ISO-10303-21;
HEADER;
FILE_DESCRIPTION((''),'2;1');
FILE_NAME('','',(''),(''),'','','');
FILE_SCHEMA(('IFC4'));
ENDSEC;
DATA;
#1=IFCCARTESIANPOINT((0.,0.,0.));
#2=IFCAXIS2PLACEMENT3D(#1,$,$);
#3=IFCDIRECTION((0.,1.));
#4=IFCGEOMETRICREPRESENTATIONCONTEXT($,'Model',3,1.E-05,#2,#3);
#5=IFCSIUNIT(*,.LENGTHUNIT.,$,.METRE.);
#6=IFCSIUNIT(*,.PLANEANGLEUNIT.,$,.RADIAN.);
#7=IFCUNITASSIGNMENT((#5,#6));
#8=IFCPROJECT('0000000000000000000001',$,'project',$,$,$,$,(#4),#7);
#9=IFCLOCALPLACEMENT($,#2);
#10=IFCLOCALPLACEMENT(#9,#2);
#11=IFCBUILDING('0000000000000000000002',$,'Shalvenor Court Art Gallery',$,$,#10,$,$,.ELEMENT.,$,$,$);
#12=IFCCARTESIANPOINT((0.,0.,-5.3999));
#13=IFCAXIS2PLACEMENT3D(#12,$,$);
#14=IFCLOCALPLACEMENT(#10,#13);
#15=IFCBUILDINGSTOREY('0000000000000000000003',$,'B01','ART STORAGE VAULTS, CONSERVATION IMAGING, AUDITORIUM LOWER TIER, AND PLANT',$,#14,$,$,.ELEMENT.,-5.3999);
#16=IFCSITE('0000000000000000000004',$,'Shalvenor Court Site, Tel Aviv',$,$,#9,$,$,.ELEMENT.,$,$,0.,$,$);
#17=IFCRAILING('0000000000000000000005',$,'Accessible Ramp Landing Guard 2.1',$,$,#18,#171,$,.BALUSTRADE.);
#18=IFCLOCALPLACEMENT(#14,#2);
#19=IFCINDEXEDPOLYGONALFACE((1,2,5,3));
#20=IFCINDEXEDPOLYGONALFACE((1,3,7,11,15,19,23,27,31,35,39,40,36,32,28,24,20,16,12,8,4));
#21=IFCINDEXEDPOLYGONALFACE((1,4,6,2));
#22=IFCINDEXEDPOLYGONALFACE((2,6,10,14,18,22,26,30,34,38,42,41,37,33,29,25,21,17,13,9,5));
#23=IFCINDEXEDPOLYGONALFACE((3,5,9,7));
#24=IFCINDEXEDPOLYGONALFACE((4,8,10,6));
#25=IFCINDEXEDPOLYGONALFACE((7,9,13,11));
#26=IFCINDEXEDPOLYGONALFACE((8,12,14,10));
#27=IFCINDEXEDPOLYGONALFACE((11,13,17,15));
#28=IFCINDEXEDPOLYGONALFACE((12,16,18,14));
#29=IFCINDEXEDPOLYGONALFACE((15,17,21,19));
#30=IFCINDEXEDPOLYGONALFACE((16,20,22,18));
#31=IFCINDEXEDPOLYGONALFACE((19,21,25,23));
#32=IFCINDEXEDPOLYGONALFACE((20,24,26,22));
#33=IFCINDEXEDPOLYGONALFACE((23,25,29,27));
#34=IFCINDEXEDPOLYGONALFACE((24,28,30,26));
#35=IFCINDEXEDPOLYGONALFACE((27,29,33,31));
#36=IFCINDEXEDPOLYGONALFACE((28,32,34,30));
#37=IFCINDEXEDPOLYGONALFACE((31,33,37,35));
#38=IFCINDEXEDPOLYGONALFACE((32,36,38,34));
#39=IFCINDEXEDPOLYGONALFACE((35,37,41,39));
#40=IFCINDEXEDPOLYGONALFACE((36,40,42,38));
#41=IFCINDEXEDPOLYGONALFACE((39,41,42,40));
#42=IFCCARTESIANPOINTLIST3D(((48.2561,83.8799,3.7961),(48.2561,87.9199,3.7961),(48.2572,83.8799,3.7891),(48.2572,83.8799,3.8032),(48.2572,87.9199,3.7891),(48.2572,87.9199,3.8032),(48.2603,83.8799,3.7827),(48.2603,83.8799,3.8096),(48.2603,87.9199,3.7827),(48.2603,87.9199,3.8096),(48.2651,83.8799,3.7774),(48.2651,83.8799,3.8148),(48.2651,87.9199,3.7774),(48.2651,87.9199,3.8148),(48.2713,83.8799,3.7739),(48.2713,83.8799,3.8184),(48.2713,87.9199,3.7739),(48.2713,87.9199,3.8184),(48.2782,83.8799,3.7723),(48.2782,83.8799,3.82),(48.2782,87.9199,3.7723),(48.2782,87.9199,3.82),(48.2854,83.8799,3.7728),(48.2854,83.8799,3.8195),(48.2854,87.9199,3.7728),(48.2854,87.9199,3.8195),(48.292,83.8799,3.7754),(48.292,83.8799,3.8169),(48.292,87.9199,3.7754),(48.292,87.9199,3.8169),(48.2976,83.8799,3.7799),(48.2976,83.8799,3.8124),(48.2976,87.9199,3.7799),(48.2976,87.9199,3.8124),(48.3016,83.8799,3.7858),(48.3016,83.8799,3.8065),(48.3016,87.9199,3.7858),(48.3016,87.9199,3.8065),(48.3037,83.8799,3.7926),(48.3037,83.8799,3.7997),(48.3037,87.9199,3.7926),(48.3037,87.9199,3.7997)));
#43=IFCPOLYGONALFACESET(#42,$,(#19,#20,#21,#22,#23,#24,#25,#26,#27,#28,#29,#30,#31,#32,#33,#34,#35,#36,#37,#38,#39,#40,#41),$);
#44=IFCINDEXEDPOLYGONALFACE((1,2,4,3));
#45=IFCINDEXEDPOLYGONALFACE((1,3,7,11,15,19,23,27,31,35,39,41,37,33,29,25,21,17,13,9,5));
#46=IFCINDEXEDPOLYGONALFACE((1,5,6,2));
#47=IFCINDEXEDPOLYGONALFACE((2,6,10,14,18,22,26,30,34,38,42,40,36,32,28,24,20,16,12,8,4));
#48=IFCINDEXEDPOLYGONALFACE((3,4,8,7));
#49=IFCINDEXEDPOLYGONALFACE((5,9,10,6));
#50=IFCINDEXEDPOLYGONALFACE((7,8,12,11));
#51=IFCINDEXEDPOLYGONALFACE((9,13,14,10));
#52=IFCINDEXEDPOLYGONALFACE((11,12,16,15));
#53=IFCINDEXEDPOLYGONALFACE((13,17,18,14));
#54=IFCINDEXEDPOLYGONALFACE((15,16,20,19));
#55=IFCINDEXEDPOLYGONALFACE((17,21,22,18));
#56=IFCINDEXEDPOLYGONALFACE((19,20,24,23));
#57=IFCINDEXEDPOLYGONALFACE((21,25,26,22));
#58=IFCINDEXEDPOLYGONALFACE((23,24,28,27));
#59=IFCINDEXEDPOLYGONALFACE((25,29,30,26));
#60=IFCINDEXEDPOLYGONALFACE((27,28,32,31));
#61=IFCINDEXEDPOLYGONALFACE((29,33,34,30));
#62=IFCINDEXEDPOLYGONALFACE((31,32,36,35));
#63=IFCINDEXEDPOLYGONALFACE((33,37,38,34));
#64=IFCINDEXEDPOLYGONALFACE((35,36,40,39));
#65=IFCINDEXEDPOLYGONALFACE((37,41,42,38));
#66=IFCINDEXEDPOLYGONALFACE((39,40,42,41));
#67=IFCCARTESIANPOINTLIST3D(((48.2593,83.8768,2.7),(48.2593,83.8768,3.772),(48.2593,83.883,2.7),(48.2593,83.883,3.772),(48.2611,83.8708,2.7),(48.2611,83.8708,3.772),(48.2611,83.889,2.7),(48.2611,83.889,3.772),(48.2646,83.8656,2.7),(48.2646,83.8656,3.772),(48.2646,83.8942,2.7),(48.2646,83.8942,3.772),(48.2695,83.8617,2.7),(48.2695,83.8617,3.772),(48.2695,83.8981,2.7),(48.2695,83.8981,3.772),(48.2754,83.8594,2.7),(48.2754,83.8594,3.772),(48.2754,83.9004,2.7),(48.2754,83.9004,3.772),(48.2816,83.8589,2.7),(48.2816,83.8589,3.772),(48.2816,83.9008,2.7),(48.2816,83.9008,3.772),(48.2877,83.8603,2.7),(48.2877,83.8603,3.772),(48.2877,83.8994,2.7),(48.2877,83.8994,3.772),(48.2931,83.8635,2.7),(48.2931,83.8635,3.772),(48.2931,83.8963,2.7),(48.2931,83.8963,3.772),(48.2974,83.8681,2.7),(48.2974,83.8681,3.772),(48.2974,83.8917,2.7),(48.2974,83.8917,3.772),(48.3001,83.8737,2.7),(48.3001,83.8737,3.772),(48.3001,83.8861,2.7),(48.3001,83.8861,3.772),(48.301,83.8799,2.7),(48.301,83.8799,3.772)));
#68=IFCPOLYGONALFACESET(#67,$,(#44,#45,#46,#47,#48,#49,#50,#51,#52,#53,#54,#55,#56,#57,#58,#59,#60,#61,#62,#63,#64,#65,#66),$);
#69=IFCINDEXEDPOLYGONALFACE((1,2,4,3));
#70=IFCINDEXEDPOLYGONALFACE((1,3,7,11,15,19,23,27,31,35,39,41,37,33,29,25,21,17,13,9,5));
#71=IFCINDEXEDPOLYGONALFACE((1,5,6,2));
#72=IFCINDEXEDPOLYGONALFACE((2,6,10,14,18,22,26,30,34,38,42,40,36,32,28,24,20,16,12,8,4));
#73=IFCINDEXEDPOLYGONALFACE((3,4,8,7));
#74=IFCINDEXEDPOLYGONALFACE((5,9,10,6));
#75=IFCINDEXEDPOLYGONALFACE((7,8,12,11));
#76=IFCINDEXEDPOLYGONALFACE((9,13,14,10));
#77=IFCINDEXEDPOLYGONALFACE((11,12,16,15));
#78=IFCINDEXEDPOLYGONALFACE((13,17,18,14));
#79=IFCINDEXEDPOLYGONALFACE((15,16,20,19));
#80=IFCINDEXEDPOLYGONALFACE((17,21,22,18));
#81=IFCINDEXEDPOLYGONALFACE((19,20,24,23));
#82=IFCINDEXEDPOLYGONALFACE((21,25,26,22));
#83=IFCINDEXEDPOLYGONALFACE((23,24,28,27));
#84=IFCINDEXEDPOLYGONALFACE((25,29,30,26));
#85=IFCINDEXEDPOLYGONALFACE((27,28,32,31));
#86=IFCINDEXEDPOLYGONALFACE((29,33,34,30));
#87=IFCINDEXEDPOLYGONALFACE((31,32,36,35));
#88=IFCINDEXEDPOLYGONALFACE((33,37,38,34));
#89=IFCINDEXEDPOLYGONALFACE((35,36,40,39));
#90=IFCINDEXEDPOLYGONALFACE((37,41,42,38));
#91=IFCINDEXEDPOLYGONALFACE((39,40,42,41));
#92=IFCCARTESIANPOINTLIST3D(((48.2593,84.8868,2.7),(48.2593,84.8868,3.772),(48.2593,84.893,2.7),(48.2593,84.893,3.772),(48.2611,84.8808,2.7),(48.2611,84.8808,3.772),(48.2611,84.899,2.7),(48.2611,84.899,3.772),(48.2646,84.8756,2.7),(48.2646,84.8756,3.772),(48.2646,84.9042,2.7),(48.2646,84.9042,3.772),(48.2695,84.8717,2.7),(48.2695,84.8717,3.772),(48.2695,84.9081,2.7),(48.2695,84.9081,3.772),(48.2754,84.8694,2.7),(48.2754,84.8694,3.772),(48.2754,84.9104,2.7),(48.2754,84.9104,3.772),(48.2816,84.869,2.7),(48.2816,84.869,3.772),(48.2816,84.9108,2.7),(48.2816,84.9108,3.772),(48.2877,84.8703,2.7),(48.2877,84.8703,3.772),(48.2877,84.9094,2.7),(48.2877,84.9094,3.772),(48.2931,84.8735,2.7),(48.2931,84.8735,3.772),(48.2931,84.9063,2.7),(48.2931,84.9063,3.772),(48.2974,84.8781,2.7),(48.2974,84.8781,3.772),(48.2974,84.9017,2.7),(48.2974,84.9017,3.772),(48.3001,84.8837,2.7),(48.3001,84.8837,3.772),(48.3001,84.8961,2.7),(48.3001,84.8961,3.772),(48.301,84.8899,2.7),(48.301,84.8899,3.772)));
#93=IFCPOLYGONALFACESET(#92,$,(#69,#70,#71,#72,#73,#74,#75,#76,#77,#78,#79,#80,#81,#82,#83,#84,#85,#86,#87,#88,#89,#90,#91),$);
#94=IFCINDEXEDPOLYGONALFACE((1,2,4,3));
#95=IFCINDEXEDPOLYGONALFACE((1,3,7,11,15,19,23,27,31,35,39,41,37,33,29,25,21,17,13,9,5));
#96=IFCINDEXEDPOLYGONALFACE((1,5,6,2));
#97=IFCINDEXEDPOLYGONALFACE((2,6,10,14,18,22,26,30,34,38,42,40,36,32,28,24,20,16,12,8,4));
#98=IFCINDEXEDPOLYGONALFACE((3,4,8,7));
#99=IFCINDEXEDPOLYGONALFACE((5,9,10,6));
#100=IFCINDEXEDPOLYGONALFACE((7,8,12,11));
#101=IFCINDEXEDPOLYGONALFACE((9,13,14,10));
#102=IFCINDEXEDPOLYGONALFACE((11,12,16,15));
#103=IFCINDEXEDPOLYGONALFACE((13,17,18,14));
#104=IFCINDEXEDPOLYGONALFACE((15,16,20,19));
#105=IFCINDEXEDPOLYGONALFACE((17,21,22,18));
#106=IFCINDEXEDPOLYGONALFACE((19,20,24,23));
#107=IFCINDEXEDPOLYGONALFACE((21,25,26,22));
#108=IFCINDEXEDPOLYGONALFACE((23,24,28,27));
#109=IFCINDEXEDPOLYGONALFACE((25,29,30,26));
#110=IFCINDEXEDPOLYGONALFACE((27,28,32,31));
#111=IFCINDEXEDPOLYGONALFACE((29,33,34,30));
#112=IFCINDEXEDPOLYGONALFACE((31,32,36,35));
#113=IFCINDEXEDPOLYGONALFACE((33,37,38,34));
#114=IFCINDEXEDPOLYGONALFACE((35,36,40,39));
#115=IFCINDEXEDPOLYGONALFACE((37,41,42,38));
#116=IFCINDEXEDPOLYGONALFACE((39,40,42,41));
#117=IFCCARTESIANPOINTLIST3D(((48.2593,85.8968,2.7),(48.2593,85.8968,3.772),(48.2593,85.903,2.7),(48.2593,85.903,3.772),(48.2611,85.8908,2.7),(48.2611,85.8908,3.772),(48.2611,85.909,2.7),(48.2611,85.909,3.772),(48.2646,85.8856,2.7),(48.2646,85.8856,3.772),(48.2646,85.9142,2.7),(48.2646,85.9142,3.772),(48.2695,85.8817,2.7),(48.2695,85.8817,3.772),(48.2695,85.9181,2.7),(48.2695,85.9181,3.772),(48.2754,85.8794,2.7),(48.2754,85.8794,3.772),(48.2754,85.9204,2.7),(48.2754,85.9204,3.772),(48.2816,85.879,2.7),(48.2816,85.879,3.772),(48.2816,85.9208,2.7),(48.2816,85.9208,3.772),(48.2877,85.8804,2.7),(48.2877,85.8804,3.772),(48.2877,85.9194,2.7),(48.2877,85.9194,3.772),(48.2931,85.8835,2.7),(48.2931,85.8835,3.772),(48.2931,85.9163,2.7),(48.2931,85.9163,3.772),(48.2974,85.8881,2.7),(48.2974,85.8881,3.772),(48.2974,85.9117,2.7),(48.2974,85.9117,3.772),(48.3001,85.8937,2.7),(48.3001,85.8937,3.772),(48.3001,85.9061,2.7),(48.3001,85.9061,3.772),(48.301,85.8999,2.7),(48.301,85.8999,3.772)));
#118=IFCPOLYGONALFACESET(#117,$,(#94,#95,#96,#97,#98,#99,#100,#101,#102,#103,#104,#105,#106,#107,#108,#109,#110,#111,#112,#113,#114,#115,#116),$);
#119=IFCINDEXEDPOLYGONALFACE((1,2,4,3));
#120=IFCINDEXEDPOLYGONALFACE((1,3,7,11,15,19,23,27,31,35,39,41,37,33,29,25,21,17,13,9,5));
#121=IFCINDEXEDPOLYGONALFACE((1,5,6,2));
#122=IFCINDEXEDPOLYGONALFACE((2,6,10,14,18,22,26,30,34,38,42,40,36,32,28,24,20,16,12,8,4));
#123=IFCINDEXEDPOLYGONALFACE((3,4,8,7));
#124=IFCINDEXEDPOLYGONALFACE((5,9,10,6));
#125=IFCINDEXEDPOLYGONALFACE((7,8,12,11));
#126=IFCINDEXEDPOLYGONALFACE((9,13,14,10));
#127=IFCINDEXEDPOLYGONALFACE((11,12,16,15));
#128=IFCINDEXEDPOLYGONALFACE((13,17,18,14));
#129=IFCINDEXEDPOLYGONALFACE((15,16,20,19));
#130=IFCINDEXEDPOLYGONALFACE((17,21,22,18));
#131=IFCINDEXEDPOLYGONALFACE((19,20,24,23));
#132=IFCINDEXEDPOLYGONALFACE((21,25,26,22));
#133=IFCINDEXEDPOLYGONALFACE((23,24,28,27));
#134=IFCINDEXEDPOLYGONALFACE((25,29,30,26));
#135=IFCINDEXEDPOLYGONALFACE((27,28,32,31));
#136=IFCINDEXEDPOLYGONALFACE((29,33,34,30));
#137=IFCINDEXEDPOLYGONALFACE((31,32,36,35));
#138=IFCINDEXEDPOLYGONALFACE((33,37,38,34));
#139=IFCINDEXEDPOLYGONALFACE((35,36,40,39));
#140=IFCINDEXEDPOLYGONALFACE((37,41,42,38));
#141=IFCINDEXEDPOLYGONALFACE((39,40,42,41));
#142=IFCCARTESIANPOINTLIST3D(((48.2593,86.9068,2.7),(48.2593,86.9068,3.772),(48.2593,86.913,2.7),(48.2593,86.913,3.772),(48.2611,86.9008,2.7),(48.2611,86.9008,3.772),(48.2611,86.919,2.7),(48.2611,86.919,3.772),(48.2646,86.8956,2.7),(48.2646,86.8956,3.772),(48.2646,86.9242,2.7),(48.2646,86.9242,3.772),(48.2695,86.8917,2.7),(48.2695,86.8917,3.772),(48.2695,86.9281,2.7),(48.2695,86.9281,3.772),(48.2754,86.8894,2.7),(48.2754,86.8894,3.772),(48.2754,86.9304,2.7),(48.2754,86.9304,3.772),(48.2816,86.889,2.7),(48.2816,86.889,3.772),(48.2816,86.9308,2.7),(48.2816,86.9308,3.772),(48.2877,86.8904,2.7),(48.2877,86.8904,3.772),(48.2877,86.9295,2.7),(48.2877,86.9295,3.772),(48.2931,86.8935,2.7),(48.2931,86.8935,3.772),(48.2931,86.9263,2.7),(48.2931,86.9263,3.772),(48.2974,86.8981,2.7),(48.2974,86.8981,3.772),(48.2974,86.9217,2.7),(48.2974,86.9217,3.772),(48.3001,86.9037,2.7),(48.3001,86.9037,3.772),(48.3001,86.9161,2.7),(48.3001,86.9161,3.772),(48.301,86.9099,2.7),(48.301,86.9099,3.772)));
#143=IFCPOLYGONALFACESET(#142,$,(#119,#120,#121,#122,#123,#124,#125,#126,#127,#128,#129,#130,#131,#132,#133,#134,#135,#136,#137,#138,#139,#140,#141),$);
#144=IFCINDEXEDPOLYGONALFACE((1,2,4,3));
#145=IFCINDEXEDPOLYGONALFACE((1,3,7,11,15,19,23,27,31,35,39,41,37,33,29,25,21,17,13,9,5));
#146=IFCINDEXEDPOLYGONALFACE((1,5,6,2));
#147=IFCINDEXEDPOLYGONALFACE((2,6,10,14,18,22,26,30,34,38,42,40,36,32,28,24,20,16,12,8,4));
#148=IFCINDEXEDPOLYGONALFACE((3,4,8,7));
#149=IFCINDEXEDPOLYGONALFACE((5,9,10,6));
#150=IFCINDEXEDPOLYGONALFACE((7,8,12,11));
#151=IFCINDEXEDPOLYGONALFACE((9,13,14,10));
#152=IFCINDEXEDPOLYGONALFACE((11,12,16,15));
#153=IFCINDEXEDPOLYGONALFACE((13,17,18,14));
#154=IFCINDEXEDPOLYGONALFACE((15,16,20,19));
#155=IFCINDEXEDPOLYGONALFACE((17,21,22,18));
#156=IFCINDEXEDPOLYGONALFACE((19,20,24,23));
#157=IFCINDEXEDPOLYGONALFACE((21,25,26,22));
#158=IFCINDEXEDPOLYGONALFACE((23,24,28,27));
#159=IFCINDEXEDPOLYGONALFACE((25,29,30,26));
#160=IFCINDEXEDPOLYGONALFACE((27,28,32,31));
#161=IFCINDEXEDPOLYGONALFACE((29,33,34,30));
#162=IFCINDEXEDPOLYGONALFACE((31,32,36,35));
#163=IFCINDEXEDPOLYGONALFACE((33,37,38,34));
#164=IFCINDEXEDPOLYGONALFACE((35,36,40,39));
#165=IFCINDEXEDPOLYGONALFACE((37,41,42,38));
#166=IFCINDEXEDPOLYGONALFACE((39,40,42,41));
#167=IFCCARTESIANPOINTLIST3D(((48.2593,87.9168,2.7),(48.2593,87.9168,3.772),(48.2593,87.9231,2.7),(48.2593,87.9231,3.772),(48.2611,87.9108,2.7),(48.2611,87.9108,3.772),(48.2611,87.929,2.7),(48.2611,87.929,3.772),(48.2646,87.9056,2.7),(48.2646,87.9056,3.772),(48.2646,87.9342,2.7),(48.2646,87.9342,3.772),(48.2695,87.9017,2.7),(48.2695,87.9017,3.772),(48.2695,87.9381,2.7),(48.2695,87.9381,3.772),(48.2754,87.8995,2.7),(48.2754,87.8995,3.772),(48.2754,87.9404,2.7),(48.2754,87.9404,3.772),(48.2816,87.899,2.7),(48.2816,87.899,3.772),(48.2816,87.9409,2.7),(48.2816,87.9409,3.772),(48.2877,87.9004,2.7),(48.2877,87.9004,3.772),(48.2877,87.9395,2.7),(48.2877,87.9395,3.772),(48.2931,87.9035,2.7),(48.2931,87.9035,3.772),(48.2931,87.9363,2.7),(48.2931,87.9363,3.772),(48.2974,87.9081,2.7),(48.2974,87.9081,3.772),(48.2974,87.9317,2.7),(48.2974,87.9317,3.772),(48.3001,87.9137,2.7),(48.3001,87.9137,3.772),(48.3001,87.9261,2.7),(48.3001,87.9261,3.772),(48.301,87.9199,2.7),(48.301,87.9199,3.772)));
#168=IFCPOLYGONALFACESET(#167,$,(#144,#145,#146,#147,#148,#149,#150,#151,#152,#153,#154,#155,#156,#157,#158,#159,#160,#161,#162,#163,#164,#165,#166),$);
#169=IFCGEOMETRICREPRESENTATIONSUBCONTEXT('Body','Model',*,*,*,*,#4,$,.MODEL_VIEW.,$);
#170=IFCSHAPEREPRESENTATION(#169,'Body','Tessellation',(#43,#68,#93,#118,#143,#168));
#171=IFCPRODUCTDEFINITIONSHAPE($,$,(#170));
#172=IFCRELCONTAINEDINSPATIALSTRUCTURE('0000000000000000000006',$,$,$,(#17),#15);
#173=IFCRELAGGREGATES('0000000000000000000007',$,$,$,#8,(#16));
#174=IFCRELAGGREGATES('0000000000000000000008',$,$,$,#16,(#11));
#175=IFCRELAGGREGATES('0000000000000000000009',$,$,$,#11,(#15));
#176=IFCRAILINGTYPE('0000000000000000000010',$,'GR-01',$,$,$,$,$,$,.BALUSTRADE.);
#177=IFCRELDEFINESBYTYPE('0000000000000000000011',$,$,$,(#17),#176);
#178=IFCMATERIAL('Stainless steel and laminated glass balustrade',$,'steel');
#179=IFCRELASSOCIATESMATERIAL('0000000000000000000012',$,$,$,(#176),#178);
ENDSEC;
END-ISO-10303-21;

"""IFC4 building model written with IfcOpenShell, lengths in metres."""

from ifc_helpers import new_model, si_unit, direction, frame, origin, origin_2d, place, context, subcontext, project, spatial, circle, extrude, material, type_object, element, save


model = new_model("IFC4")

# Units and contexts
model_context = context("Model", 3, precision=1e-05, world=origin(), true_north=direction((0.0, 1.0)))
body_context = subcontext(model_context, "Body", "Model", "MODEL_VIEW")
ifc_project = project(units=[si_unit("LENGTHUNIT", "METRE"), si_unit("PLANEANGLEUNIT", "RADIAN")], contexts=[model_context])

# Site, building, storey
site_placement = place(None, origin())
site = spatial("IfcSite", under=ifc_project, at=site_placement, Name="Shalvenor Court Site, Tel Aviv", CompositionType="ELEMENT", RefElevation=0.0)
building_placement = place(site_placement, origin())
building = spatial("IfcBuilding", under=site, at=building_placement, Name="Shalvenor Court Art Gallery", CompositionType="ELEMENT")
storey_placement = place(building_placement, frame((0.0, 0.0, -5.3999)))
storey = spatial("IfcBuildingStorey", under=building, at=storey_placement, Name="B01", Description="ART STORAGE VAULTS, CONSERVATION IMAGING, AUDITORIUM LOWER TIER, AND PLANT", CompositionType="ELEMENT", Elevation=-5.3999)

# Railing
ifc_material_1 = material(Name="Stainless steel and laminated glass balustrade", Category="steel")
railing_type = type_object("IfcRailingType", Name="GR-01", PredefinedType="BALUSTRADE", material=ifc_material_1)
railing_1_placement = place(storey_placement, frame((48.28, 83.8799, 2.7)))
element("IfcRailing", 1, at=railing_1_placement, inside=storey, type_object=railing_type, Name="Accessible Ramp Landing Guard 2.1", PredefinedType="BALUSTRADE", context=body_context, shape_type="SweptSolid", body=[
    extrude(circle(Radius=0.0239, at=origin_2d()), frame((0.0, 0.0, 1.0962), z_axis=(0.0, 1.0, 0.0), x_axis=(-1.0, 0.0, 0.0)), (0.0, 0.0, 1.0), 4.04),
    extrude(circle(Radius=0.021, at=origin_2d()), origin(), (0.0, 0.0, 1.0), 1.072),
    extrude(circle(Radius=0.021, at=origin_2d()), frame((0.0, 1.01, 0.0)), (0.0, 0.0, 1.0), 1.072),
    extrude(circle(Radius=0.021, at=origin_2d()), frame((0.0, 2.02, 0.0)), (0.0, 0.0, 1.0), 1.072),
    extrude(circle(Radius=0.021, at=origin_2d()), frame((0.0, 3.03, 0.0)), (0.0, 0.0, 1.0), 1.072),
    extrude(circle(Radius=0.021, at=origin_2d()), frame((0.0, 4.04, 0.0)), (0.0, 0.0, 1.0), 1.072),
])

save(model, "model.ifc")
